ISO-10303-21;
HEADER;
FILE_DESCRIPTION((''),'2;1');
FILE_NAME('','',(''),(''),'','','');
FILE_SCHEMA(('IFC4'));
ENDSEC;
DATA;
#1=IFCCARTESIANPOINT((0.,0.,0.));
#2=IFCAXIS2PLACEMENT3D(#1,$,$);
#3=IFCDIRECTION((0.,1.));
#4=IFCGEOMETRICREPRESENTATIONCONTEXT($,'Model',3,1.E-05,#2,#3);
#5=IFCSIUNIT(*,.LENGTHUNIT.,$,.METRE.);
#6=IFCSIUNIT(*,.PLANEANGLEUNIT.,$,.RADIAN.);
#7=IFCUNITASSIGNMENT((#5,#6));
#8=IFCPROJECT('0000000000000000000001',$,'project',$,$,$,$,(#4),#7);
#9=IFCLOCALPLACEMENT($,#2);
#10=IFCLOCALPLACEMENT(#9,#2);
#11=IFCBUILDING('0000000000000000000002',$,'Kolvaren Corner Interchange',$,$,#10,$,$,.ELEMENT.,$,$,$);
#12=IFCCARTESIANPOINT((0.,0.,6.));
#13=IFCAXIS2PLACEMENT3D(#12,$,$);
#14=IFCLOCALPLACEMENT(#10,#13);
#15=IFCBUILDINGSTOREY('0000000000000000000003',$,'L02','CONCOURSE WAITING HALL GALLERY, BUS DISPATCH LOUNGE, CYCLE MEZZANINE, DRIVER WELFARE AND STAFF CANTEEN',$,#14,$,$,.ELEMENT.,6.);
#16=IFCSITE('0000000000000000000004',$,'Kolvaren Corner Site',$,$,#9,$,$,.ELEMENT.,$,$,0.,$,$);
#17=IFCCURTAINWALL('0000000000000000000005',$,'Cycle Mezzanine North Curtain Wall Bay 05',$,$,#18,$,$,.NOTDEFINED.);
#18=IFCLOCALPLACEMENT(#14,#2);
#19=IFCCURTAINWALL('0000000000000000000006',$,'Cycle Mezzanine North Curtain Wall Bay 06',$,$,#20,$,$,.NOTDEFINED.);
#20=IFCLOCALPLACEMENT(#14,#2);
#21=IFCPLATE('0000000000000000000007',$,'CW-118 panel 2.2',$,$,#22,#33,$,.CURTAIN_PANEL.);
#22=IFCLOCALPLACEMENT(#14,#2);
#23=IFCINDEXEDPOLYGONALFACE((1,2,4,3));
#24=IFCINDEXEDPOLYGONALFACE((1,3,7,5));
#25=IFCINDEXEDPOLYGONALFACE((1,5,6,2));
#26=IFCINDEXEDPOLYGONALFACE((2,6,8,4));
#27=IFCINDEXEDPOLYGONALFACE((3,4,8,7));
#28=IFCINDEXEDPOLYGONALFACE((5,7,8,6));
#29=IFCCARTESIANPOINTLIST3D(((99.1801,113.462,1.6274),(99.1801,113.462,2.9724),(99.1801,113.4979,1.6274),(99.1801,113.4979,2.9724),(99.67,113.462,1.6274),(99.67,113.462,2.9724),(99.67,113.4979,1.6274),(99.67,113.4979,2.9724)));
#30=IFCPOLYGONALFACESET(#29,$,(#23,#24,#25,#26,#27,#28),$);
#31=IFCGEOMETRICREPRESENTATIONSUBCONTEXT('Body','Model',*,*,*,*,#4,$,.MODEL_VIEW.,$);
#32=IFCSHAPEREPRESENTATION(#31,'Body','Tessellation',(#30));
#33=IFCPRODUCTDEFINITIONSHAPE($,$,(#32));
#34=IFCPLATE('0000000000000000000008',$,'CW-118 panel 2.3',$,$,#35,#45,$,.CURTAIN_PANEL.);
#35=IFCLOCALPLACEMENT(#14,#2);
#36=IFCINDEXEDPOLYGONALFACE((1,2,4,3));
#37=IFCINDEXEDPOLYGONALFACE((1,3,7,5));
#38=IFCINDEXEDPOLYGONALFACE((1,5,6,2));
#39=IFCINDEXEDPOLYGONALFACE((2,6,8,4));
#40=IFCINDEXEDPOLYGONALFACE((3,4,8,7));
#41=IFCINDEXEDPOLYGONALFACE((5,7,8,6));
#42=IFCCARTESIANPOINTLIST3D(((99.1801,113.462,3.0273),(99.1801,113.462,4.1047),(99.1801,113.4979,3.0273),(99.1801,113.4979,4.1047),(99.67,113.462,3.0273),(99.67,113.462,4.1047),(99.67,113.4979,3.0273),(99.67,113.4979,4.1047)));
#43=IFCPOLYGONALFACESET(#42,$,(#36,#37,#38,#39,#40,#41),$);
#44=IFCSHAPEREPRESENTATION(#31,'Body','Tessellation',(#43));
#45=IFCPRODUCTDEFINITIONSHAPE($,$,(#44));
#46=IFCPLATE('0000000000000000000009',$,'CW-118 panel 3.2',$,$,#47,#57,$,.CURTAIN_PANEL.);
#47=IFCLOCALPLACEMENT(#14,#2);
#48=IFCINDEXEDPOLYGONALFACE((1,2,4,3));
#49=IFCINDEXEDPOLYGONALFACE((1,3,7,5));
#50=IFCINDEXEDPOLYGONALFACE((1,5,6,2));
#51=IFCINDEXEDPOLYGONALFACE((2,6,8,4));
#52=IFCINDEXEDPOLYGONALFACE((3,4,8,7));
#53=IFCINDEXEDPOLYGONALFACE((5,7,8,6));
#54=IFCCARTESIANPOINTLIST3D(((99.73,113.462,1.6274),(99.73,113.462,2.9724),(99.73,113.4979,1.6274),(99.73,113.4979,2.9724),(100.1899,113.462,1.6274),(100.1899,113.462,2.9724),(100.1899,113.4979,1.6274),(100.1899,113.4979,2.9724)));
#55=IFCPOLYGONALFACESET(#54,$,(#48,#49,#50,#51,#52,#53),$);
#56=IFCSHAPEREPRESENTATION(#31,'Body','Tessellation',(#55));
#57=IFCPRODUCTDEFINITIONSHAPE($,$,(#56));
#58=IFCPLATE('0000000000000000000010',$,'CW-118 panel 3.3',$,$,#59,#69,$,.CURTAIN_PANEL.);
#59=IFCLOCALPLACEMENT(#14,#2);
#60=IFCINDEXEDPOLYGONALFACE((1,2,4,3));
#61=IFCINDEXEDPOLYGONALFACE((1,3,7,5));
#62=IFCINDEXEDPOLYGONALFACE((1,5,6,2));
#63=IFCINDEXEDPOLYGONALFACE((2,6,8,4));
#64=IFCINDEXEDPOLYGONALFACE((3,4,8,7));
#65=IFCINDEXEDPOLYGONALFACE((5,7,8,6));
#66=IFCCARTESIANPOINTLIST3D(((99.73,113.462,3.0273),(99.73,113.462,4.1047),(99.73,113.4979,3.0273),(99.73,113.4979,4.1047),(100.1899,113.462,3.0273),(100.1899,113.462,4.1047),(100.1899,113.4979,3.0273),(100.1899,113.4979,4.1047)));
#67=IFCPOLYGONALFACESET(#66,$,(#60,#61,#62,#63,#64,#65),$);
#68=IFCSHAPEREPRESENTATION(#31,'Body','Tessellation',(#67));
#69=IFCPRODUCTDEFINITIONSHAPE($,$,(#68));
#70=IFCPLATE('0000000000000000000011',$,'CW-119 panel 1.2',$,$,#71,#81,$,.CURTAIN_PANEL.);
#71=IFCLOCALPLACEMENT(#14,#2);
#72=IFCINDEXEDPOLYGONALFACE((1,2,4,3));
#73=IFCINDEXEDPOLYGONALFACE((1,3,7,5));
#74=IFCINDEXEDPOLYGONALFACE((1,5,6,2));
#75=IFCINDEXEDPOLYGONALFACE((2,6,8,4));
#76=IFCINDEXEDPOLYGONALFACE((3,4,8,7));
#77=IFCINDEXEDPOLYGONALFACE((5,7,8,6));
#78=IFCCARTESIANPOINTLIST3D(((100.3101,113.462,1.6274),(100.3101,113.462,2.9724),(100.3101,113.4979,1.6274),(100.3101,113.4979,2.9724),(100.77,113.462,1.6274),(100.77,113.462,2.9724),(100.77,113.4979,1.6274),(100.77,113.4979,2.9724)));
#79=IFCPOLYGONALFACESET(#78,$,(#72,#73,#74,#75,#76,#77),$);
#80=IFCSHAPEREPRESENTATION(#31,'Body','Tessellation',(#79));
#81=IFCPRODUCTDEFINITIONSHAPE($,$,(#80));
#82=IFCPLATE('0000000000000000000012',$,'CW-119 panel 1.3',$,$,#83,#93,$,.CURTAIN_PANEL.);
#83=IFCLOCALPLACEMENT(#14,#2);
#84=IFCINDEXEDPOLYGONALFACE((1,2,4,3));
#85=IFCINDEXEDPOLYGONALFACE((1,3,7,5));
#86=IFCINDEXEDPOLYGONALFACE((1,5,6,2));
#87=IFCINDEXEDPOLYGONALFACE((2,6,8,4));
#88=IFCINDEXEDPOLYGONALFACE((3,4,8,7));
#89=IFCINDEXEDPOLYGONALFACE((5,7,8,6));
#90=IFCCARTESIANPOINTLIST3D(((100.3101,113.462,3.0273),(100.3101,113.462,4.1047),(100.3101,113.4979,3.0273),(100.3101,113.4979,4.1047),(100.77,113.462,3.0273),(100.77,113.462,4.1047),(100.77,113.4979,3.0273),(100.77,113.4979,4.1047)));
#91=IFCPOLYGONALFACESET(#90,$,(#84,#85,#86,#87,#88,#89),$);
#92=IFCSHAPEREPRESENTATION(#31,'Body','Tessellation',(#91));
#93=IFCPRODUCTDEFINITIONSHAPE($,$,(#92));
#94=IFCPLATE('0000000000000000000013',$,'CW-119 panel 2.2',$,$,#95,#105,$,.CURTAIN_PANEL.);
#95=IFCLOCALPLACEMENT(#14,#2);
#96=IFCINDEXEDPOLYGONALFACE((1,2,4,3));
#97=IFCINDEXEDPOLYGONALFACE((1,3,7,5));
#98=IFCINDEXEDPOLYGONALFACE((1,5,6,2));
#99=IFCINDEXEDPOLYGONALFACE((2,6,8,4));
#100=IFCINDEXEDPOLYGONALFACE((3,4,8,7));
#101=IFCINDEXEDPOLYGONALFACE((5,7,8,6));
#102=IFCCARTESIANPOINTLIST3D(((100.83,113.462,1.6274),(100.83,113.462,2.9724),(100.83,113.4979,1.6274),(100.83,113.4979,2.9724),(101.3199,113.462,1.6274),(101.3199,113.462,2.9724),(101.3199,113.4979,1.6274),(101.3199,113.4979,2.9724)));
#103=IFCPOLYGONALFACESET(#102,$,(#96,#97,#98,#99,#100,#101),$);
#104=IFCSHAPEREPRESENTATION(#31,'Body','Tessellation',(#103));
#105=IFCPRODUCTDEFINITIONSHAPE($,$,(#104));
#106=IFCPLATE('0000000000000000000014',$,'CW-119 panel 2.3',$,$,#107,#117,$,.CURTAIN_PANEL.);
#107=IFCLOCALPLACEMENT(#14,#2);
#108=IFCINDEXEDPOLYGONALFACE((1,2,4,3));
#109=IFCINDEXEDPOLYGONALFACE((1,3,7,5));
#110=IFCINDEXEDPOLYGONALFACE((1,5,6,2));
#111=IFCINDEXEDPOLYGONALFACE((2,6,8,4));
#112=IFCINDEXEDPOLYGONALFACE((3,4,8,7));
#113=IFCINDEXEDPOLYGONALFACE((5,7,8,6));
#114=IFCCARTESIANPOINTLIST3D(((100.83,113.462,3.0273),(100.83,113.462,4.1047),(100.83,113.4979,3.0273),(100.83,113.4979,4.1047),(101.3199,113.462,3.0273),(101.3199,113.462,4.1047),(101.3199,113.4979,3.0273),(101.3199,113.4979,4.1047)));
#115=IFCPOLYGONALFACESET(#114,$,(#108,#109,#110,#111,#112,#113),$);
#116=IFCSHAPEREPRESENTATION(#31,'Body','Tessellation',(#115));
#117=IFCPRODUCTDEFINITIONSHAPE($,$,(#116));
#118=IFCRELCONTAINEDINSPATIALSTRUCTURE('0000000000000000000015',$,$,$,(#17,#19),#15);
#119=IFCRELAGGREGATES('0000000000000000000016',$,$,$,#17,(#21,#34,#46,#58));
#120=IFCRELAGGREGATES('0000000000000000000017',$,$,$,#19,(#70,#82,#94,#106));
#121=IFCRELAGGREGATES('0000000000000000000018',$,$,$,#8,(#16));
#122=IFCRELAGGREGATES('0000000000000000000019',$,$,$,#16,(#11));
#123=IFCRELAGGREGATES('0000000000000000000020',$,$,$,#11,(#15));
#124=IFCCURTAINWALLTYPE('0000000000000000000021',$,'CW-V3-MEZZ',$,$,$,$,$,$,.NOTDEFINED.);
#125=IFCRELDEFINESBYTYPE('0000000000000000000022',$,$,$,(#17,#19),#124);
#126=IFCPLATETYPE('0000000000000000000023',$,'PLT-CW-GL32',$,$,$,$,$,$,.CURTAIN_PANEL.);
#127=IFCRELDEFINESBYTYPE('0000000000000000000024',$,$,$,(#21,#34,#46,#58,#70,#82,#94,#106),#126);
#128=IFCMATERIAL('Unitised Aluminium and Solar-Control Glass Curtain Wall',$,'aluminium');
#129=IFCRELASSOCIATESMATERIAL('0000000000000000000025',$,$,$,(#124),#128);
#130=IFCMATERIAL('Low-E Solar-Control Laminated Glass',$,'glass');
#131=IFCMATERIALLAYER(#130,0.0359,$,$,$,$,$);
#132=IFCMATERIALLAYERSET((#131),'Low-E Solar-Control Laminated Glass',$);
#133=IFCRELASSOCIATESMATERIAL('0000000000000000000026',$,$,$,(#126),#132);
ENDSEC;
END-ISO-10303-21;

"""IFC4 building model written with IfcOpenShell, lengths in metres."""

from ifc_helpers import new_model, si_unit, direction, frame, origin, origin_2d, place, context, subcontext, project, spatial, rectangle, extrude, material, layer, layer_set, type_object, element, aggregate, save


model = new_model("IFC4")

# Units and contexts
model_context = context("Model", 3, precision=1e-05, world=origin(), true_north=direction((0.0, 1.0)))
body_context = subcontext(model_context, "Body", "Model", "MODEL_VIEW")
ifc_project = project(units=[si_unit("LENGTHUNIT", "METRE"), si_unit("PLANEANGLEUNIT", "RADIAN")], contexts=[model_context])

# Site, building, storey
site_placement = place(None, origin())
site = spatial("IfcSite", under=ifc_project, at=site_placement, Name="Kolvaren Corner Site", CompositionType="ELEMENT", RefElevation=0.0)
building_placement = place(site_placement, origin())
building = spatial("IfcBuilding", under=site, at=building_placement, Name="Kolvaren Corner Interchange", CompositionType="ELEMENT")
storey_placement = place(building_placement, frame((0.0, 0.0, 6.0)))
storey = spatial("IfcBuildingStorey", under=building, at=storey_placement, Name="L02", Description="CONCOURSE WAITING HALL GALLERY, BUS DISPATCH LOUNGE, CYCLE MEZZANINE, DRIVER WELFARE AND STAFF CANTEEN", CompositionType="ELEMENT", Elevation=6.0)

# Curtain walls
ifc_material_1 = material(Name="Unitised Aluminium and Solar-Control Glass Curtain Wall", Category="aluminium")
curtain_wall_type = type_object("IfcCurtainWallType", Name="CW-V3-MEZZ", PredefinedType="NOTDEFINED", material=ifc_material_1)
curtain_wall_1_placement = place(storey_placement, origin())
curtain_wall_1 = element("IfcCurtainWall", 1, at=curtain_wall_1_placement, inside=storey, type_object=curtain_wall_type, Name="Cycle Mezzanine North Curtain Wall Bay 05", PredefinedType="NOTDEFINED")
curtain_wall_2_placement = place(storey_placement, origin())
curtain_wall_2 = element("IfcCurtainWall", 2, at=curtain_wall_2_placement, inside=storey, type_object=curtain_wall_type, Name="Cycle Mezzanine North Curtain Wall Bay 06", PredefinedType="NOTDEFINED")

# Plates
ifc_material_2 = material(Name="Low-E Solar-Control Laminated Glass", Category="glass")
ifc_layer = layer(ifc_material_2, 0.0359)
ifc_layer_set = layer_set([ifc_layer], Name="Low-E Solar-Control Laminated Glass")
plate_type = type_object("IfcPlateType", Name="PLT-CW-GL32", PredefinedType="CURTAIN_PANEL", material=ifc_layer_set)
plate_1_placement = place(storey_placement, frame((99.425, 113.48, 1.6274), z_axis=(0.0, 0.0, 1.0), x_axis=(1.0, 0.0, 0.0)))
plate_1 = element("IfcPlate", 3, at=plate_1_placement, type_object=plate_type, Name="CW-118 panel 2.2", PredefinedType="CURTAIN_PANEL", context=body_context, shape_type="SweptSolid", body=[
    extrude(rectangle(XDim=0.49, YDim=0.0359, at=origin_2d()), origin(), (0.0, 0.0, 1.0), 1.345),
])
plate_2_placement = place(storey_placement, frame((99.425, 113.48, 3.0273), z_axis=(0.0, 0.0, 1.0), x_axis=(1.0, 0.0, 0.0)))
plate_2 = element("IfcPlate", 4, at=plate_2_placement, type_object=plate_type, Name="CW-118 panel 2.3", PredefinedType="CURTAIN_PANEL", context=body_context, shape_type="SweptSolid", body=[
    extrude(rectangle(XDim=0.49, YDim=0.0359, at=origin_2d()), origin(), (0.0, 0.0, 1.0), 1.0774),
])
plate_3_placement = place(storey_placement, frame((99.96, 113.48, 1.6274), z_axis=(0.0, 0.0, 1.0), x_axis=(1.0, 0.0, 0.0)))
plate_3 = element("IfcPlate", 5, at=plate_3_placement, type_object=plate_type, Name="CW-118 panel 3.2", PredefinedType="CURTAIN_PANEL", context=body_context, shape_type="SweptSolid", body=[
    extrude(rectangle(XDim=0.46, YDim=0.0359, at=origin_2d()), origin(), (0.0, 0.0, 1.0), 1.345),
])
plate_4_placement = place(storey_placement, frame((99.96, 113.48, 3.0273), z_axis=(0.0, 0.0, 1.0), x_axis=(1.0, 0.0, 0.0)))
plate_4 = element("IfcPlate", 6, at=plate_4_placement, type_object=plate_type, Name="CW-118 panel 3.3", PredefinedType="CURTAIN_PANEL", context=body_context, shape_type="SweptSolid", body=[
    extrude(rectangle(XDim=0.46, YDim=0.0359, at=origin_2d()), origin(), (0.0, 0.0, 1.0), 1.0774),
])
aggregate(curtain_wall_1, [plate_1, plate_2, plate_3, plate_4])
plate_5_placement = place(storey_placement, frame((100.54, 113.48, 1.6274), z_axis=(0.0, 0.0, 1.0), x_axis=(1.0, 0.0, 0.0)))
plate_5 = element("IfcPlate", 7, at=plate_5_placement, type_object=plate_type, Name="CW-119 panel 1.2", PredefinedType="CURTAIN_PANEL", context=body_context, shape_type="SweptSolid", body=[
    extrude(rectangle(XDim=0.46, YDim=0.0359, at=origin_2d()), origin(), (0.0, 0.0, 1.0), 1.345),
])
plate_6_placement = place(storey_placement, frame((100.54, 113.48, 3.0273), z_axis=(0.0, 0.0, 1.0), x_axis=(1.0, 0.0, 0.0)))
plate_6 = element("IfcPlate", 8, at=plate_6_placement, type_object=plate_type, Name="CW-119 panel 1.3", PredefinedType="CURTAIN_PANEL", context=body_context, shape_type="SweptSolid", body=[
    extrude(rectangle(XDim=0.46, YDim=0.0359, at=origin_2d()), origin(), (0.0, 0.0, 1.0), 1.0774),
])
plate_7_placement = place(storey_placement, frame((101.075, 113.48, 1.6274), z_axis=(0.0, 0.0, 1.0), x_axis=(1.0, 0.0, 0.0)))
plate_7 = element("IfcPlate", 9, at=plate_7_placement, type_object=plate_type, Name="CW-119 panel 2.2", PredefinedType="CURTAIN_PANEL", context=body_context, shape_type="SweptSolid", body=[
    extrude(rectangle(XDim=0.49, YDim=0.0359, at=origin_2d()), origin(), (0.0, 0.0, 1.0), 1.345),
])
plate_8_placement = place(storey_placement, frame((101.075, 113.48, 3.0273), z_axis=(0.0, 0.0, 1.0), x_axis=(1.0, 0.0, 0.0)))
plate_8 = element("IfcPlate", 10, at=plate_8_placement, type_object=plate_type, Name="CW-119 panel 2.3", PredefinedType="CURTAIN_PANEL", context=body_context, shape_type="SweptSolid", body=[
    extrude(rectangle(XDim=0.49, YDim=0.0359, at=origin_2d()), origin(), (0.0, 0.0, 1.0), 1.0774),
])
aggregate(curtain_wall_2, [plate_5, plate_6, plate_7, plate_8])

save(model, "model.ifc")
